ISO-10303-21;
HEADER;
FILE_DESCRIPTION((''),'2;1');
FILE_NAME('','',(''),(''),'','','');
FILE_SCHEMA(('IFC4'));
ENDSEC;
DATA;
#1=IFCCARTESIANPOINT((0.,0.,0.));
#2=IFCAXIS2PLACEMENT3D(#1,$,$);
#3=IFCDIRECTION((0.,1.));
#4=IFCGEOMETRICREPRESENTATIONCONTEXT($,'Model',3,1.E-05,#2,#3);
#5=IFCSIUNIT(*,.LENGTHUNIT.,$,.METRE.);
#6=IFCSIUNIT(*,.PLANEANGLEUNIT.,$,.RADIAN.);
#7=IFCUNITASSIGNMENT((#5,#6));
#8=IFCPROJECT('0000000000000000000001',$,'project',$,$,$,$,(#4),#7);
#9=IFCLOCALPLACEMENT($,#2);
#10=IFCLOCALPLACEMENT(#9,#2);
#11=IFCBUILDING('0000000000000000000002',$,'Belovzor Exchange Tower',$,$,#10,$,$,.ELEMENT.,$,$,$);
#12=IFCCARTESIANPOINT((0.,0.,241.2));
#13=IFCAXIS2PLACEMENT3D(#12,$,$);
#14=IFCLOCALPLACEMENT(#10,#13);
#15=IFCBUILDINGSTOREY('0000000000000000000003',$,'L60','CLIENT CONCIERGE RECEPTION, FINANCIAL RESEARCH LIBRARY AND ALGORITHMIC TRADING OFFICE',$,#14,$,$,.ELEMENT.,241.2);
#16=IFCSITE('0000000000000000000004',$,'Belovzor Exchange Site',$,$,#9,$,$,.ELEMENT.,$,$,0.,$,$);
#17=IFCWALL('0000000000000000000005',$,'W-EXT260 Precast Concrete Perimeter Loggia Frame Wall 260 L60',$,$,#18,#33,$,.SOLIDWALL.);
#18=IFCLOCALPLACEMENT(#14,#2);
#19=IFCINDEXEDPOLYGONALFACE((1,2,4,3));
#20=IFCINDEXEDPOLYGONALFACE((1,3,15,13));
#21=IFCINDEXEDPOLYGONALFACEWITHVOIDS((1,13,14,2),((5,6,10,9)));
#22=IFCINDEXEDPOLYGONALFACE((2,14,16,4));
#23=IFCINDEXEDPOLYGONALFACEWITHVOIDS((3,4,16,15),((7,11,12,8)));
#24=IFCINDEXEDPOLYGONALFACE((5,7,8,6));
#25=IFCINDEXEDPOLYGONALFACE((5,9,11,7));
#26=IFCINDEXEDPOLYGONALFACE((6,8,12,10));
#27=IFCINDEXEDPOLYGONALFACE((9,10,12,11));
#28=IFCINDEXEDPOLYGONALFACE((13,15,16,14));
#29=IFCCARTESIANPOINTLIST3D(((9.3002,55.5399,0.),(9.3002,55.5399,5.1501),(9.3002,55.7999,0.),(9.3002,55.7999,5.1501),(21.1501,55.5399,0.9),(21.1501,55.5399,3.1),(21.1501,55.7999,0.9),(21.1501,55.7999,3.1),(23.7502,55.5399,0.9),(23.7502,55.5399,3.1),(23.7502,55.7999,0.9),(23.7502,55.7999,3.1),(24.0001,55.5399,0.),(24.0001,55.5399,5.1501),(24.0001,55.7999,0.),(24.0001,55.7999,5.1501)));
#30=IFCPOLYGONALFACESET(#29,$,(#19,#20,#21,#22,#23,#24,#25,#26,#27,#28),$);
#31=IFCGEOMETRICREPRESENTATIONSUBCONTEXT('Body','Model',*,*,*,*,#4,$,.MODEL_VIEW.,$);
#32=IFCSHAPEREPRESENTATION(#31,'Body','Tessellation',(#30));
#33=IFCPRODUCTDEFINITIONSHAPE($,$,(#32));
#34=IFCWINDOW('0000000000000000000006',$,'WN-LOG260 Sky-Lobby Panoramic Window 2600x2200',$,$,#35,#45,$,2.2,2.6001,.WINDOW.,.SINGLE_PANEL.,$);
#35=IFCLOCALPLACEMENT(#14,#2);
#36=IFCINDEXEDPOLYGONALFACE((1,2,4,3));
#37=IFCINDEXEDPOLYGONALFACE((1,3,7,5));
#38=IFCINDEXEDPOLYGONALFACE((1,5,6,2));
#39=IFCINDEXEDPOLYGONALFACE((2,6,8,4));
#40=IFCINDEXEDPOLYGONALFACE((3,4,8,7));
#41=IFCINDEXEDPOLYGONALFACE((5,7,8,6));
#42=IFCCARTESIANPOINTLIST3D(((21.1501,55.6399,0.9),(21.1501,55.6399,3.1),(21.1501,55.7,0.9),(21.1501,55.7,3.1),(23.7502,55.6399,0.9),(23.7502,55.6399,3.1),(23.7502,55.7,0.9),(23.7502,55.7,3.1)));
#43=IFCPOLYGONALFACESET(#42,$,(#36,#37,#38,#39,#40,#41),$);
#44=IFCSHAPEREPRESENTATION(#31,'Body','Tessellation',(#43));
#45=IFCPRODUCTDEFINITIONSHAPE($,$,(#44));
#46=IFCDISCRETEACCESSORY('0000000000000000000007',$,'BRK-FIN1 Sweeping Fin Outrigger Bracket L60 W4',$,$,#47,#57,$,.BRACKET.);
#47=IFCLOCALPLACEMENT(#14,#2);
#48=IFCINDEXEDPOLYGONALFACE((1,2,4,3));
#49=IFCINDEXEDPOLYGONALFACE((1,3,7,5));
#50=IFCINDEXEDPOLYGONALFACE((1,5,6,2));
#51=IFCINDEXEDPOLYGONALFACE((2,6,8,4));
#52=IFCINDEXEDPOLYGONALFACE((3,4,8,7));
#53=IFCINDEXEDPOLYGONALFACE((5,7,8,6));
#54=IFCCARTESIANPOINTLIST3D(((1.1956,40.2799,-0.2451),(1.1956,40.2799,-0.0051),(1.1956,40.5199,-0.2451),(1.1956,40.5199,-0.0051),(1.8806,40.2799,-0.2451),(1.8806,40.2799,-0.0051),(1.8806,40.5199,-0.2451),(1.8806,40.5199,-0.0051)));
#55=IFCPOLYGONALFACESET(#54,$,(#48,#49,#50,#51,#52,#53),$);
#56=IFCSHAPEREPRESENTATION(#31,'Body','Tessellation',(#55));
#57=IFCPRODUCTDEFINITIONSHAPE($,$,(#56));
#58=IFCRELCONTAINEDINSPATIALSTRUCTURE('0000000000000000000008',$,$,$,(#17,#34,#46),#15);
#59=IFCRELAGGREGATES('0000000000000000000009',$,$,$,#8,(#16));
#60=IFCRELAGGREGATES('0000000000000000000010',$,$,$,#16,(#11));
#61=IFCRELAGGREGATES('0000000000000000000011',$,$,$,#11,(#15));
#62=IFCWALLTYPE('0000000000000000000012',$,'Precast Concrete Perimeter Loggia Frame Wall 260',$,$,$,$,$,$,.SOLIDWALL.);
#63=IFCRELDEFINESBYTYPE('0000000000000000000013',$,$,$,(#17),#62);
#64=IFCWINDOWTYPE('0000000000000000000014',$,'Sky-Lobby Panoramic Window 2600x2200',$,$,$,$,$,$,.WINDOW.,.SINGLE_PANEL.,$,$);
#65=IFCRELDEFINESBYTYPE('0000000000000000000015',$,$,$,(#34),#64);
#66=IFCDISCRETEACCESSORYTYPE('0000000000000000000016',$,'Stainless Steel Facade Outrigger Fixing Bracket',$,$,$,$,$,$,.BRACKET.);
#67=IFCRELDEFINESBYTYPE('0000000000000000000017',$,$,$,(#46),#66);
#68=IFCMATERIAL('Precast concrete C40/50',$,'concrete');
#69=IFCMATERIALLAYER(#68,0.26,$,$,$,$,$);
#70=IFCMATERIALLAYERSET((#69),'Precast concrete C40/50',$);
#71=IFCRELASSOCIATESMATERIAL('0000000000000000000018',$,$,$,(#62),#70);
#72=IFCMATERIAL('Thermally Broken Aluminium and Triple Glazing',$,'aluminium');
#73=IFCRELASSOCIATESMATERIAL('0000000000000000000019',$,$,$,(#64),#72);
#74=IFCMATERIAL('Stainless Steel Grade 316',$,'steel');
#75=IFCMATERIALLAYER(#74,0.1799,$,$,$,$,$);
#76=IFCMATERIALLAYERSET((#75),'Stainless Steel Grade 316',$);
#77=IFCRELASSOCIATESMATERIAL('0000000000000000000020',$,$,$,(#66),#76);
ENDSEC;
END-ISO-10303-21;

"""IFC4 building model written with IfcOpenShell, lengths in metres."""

from ifc_helpers import new_model, si_unit, direction, frame, frame_2d, origin, origin_2d, place, context, subcontext, project, spatial, rectangle, extrude, material, layer, layer_set, type_object, element, fill, save


model = new_model("IFC4")

# Units and contexts
model_context = context("Model", 3, precision=1e-05, world=origin(), true_north=direction((0.0, 1.0)))
body_context = subcontext(model_context, "Body", "Model", "MODEL_VIEW")
ifc_project = project(units=[si_unit("LENGTHUNIT", "METRE"), si_unit("PLANEANGLEUNIT", "RADIAN")], contexts=[model_context])

# Site, building, storey
site_placement = place(None, origin())
site = spatial("IfcSite", under=ifc_project, at=site_placement, Name="Belovzor Exchange Site", CompositionType="ELEMENT", RefElevation=0.0)
building_placement = place(site_placement, origin())
building = spatial("IfcBuilding", under=site, at=building_placement, Name="Belovzor Exchange Tower", CompositionType="ELEMENT")
storey_placement = place(building_placement, frame((0.0, 0.0, 241.2)))
storey = spatial("IfcBuildingStorey", under=building, at=storey_placement, Name="L60", Description="CLIENT CONCIERGE RECEPTION, FINANCIAL RESEARCH LIBRARY AND ALGORITHMIC TRADING OFFICE", CompositionType="ELEMENT", Elevation=241.2)

# Wall, opening, window
ifc_material_1 = material(Name="Precast concrete C40/50", Category="concrete")
ifc_layer_1 = layer(ifc_material_1, 0.26)
ifc_layer_set_1 = layer_set([ifc_layer_1], Name="Precast concrete C40/50")
wall_type_1 = type_object("IfcWallType", Name="Precast Concrete Perimeter Loggia Frame Wall 260", PredefinedType="SOLIDWALL", material=ifc_layer_set_1)
wall_1_placement = place(storey_placement, frame((9.3, 55.6699, 0.0), z_axis=(0.0, 0.0, 1.0), x_axis=(1.0, 0.0, 0.0)))
wall_1 = element("IfcWall", 1, at=wall_1_placement, inside=storey, type_object=wall_type_1, Name="W-EXT260 Precast Concrete Perimeter Loggia Frame Wall 260 L60", PredefinedType="SOLIDWALL", context=body_context, shape_type="SweptSolid", body=[
    extrude(rectangle(XDim=14.7, YDim=0.26, at=frame_2d((7.3501, 0.0))), origin(), (0.0, 0.0, 1.0), 5.1501),
])
opening_1_placement = place(wall_1_placement, frame((11.8501, 0.0, 0.8999)))
opening_1 = element("IfcOpeningElement", 2, at=opening_1_placement, cuts=wall_1, PredefinedType="OPENING", context=body_context, shape_type="SweptSolid", body=[
    extrude(rectangle(XDim=2.6001, YDim=2.2, at=frame_2d((1.3, 1.1001))), frame((0.0, 0.1399, 0.0), z_axis=(0.0, -1.0, 0.0), x_axis=(1.0, 0.0, 0.0)), (0.0, 0.0, 1.0), 0.28),
])
ifc_material_2 = material(Name="Thermally Broken Aluminium and Triple Glazing", Category="aluminium")
window_type_1 = type_object("IfcWindowType", Name="Sky-Lobby Panoramic Window 2600x2200", PartitioningType="SINGLE_PANEL", PredefinedType="WINDOW", material=ifc_material_2)
window_1_placement = place(opening_1_placement, origin())
window_1 = element("IfcWindow", 3, at=window_1_placement, inside=storey, type_object=window_type_1, Name="WN-LOG260 Sky-Lobby Panoramic Window 2600x2200", OverallHeight=2.2, OverallWidth=2.6001, PartitioningType="SINGLE_PANEL", PredefinedType="WINDOW", context=body_context, shape_type="SweptSolid", body=[
    extrude(rectangle(XDim=2.6001, YDim=2.2, at=frame_2d((1.3, 1.1001))), frame((0.0, 0.03, 0.0), z_axis=(0.0, -1.0, 0.0), x_axis=(1.0, 0.0, 0.0)), (0.0, 0.0, 1.0), 0.0601),
])
fill(opening_1, window_1)

# Discrete accessory
ifc_material_3 = material(Name="Stainless Steel Grade 316", Category="steel")
ifc_layer_2 = layer(ifc_material_3, 0.1799)
ifc_layer_set_2 = layer_set([ifc_layer_2], Name="Stainless Steel Grade 316")
discrete_accessory_type = type_object("IfcDiscreteAccessoryType", Name="Stainless Steel Facade Outrigger Fixing Bracket", PredefinedType="BRACKET", material=ifc_layer_set_2)
discrete_accessory_placement = place(storey_placement, frame((1.5381, 40.3999, -0.2451), z_axis=(0.0, 0.0, 1.0), x_axis=(1.0, 0.0, 0.0)))
element("IfcDiscreteAccessory", 4, at=discrete_accessory_placement, inside=storey, type_object=discrete_accessory_type, Name="BRK-FIN1 Sweeping Fin Outrigger Bracket L60 W4", PredefinedType="BRACKET", context=body_context, shape_type="SweptSolid", body=[
    extrude(rectangle(XDim=0.6851, YDim=0.24, at=origin_2d()), origin(), (0.0, 0.0, 1.0), 0.24),
])

save(model, "model.ifc")
